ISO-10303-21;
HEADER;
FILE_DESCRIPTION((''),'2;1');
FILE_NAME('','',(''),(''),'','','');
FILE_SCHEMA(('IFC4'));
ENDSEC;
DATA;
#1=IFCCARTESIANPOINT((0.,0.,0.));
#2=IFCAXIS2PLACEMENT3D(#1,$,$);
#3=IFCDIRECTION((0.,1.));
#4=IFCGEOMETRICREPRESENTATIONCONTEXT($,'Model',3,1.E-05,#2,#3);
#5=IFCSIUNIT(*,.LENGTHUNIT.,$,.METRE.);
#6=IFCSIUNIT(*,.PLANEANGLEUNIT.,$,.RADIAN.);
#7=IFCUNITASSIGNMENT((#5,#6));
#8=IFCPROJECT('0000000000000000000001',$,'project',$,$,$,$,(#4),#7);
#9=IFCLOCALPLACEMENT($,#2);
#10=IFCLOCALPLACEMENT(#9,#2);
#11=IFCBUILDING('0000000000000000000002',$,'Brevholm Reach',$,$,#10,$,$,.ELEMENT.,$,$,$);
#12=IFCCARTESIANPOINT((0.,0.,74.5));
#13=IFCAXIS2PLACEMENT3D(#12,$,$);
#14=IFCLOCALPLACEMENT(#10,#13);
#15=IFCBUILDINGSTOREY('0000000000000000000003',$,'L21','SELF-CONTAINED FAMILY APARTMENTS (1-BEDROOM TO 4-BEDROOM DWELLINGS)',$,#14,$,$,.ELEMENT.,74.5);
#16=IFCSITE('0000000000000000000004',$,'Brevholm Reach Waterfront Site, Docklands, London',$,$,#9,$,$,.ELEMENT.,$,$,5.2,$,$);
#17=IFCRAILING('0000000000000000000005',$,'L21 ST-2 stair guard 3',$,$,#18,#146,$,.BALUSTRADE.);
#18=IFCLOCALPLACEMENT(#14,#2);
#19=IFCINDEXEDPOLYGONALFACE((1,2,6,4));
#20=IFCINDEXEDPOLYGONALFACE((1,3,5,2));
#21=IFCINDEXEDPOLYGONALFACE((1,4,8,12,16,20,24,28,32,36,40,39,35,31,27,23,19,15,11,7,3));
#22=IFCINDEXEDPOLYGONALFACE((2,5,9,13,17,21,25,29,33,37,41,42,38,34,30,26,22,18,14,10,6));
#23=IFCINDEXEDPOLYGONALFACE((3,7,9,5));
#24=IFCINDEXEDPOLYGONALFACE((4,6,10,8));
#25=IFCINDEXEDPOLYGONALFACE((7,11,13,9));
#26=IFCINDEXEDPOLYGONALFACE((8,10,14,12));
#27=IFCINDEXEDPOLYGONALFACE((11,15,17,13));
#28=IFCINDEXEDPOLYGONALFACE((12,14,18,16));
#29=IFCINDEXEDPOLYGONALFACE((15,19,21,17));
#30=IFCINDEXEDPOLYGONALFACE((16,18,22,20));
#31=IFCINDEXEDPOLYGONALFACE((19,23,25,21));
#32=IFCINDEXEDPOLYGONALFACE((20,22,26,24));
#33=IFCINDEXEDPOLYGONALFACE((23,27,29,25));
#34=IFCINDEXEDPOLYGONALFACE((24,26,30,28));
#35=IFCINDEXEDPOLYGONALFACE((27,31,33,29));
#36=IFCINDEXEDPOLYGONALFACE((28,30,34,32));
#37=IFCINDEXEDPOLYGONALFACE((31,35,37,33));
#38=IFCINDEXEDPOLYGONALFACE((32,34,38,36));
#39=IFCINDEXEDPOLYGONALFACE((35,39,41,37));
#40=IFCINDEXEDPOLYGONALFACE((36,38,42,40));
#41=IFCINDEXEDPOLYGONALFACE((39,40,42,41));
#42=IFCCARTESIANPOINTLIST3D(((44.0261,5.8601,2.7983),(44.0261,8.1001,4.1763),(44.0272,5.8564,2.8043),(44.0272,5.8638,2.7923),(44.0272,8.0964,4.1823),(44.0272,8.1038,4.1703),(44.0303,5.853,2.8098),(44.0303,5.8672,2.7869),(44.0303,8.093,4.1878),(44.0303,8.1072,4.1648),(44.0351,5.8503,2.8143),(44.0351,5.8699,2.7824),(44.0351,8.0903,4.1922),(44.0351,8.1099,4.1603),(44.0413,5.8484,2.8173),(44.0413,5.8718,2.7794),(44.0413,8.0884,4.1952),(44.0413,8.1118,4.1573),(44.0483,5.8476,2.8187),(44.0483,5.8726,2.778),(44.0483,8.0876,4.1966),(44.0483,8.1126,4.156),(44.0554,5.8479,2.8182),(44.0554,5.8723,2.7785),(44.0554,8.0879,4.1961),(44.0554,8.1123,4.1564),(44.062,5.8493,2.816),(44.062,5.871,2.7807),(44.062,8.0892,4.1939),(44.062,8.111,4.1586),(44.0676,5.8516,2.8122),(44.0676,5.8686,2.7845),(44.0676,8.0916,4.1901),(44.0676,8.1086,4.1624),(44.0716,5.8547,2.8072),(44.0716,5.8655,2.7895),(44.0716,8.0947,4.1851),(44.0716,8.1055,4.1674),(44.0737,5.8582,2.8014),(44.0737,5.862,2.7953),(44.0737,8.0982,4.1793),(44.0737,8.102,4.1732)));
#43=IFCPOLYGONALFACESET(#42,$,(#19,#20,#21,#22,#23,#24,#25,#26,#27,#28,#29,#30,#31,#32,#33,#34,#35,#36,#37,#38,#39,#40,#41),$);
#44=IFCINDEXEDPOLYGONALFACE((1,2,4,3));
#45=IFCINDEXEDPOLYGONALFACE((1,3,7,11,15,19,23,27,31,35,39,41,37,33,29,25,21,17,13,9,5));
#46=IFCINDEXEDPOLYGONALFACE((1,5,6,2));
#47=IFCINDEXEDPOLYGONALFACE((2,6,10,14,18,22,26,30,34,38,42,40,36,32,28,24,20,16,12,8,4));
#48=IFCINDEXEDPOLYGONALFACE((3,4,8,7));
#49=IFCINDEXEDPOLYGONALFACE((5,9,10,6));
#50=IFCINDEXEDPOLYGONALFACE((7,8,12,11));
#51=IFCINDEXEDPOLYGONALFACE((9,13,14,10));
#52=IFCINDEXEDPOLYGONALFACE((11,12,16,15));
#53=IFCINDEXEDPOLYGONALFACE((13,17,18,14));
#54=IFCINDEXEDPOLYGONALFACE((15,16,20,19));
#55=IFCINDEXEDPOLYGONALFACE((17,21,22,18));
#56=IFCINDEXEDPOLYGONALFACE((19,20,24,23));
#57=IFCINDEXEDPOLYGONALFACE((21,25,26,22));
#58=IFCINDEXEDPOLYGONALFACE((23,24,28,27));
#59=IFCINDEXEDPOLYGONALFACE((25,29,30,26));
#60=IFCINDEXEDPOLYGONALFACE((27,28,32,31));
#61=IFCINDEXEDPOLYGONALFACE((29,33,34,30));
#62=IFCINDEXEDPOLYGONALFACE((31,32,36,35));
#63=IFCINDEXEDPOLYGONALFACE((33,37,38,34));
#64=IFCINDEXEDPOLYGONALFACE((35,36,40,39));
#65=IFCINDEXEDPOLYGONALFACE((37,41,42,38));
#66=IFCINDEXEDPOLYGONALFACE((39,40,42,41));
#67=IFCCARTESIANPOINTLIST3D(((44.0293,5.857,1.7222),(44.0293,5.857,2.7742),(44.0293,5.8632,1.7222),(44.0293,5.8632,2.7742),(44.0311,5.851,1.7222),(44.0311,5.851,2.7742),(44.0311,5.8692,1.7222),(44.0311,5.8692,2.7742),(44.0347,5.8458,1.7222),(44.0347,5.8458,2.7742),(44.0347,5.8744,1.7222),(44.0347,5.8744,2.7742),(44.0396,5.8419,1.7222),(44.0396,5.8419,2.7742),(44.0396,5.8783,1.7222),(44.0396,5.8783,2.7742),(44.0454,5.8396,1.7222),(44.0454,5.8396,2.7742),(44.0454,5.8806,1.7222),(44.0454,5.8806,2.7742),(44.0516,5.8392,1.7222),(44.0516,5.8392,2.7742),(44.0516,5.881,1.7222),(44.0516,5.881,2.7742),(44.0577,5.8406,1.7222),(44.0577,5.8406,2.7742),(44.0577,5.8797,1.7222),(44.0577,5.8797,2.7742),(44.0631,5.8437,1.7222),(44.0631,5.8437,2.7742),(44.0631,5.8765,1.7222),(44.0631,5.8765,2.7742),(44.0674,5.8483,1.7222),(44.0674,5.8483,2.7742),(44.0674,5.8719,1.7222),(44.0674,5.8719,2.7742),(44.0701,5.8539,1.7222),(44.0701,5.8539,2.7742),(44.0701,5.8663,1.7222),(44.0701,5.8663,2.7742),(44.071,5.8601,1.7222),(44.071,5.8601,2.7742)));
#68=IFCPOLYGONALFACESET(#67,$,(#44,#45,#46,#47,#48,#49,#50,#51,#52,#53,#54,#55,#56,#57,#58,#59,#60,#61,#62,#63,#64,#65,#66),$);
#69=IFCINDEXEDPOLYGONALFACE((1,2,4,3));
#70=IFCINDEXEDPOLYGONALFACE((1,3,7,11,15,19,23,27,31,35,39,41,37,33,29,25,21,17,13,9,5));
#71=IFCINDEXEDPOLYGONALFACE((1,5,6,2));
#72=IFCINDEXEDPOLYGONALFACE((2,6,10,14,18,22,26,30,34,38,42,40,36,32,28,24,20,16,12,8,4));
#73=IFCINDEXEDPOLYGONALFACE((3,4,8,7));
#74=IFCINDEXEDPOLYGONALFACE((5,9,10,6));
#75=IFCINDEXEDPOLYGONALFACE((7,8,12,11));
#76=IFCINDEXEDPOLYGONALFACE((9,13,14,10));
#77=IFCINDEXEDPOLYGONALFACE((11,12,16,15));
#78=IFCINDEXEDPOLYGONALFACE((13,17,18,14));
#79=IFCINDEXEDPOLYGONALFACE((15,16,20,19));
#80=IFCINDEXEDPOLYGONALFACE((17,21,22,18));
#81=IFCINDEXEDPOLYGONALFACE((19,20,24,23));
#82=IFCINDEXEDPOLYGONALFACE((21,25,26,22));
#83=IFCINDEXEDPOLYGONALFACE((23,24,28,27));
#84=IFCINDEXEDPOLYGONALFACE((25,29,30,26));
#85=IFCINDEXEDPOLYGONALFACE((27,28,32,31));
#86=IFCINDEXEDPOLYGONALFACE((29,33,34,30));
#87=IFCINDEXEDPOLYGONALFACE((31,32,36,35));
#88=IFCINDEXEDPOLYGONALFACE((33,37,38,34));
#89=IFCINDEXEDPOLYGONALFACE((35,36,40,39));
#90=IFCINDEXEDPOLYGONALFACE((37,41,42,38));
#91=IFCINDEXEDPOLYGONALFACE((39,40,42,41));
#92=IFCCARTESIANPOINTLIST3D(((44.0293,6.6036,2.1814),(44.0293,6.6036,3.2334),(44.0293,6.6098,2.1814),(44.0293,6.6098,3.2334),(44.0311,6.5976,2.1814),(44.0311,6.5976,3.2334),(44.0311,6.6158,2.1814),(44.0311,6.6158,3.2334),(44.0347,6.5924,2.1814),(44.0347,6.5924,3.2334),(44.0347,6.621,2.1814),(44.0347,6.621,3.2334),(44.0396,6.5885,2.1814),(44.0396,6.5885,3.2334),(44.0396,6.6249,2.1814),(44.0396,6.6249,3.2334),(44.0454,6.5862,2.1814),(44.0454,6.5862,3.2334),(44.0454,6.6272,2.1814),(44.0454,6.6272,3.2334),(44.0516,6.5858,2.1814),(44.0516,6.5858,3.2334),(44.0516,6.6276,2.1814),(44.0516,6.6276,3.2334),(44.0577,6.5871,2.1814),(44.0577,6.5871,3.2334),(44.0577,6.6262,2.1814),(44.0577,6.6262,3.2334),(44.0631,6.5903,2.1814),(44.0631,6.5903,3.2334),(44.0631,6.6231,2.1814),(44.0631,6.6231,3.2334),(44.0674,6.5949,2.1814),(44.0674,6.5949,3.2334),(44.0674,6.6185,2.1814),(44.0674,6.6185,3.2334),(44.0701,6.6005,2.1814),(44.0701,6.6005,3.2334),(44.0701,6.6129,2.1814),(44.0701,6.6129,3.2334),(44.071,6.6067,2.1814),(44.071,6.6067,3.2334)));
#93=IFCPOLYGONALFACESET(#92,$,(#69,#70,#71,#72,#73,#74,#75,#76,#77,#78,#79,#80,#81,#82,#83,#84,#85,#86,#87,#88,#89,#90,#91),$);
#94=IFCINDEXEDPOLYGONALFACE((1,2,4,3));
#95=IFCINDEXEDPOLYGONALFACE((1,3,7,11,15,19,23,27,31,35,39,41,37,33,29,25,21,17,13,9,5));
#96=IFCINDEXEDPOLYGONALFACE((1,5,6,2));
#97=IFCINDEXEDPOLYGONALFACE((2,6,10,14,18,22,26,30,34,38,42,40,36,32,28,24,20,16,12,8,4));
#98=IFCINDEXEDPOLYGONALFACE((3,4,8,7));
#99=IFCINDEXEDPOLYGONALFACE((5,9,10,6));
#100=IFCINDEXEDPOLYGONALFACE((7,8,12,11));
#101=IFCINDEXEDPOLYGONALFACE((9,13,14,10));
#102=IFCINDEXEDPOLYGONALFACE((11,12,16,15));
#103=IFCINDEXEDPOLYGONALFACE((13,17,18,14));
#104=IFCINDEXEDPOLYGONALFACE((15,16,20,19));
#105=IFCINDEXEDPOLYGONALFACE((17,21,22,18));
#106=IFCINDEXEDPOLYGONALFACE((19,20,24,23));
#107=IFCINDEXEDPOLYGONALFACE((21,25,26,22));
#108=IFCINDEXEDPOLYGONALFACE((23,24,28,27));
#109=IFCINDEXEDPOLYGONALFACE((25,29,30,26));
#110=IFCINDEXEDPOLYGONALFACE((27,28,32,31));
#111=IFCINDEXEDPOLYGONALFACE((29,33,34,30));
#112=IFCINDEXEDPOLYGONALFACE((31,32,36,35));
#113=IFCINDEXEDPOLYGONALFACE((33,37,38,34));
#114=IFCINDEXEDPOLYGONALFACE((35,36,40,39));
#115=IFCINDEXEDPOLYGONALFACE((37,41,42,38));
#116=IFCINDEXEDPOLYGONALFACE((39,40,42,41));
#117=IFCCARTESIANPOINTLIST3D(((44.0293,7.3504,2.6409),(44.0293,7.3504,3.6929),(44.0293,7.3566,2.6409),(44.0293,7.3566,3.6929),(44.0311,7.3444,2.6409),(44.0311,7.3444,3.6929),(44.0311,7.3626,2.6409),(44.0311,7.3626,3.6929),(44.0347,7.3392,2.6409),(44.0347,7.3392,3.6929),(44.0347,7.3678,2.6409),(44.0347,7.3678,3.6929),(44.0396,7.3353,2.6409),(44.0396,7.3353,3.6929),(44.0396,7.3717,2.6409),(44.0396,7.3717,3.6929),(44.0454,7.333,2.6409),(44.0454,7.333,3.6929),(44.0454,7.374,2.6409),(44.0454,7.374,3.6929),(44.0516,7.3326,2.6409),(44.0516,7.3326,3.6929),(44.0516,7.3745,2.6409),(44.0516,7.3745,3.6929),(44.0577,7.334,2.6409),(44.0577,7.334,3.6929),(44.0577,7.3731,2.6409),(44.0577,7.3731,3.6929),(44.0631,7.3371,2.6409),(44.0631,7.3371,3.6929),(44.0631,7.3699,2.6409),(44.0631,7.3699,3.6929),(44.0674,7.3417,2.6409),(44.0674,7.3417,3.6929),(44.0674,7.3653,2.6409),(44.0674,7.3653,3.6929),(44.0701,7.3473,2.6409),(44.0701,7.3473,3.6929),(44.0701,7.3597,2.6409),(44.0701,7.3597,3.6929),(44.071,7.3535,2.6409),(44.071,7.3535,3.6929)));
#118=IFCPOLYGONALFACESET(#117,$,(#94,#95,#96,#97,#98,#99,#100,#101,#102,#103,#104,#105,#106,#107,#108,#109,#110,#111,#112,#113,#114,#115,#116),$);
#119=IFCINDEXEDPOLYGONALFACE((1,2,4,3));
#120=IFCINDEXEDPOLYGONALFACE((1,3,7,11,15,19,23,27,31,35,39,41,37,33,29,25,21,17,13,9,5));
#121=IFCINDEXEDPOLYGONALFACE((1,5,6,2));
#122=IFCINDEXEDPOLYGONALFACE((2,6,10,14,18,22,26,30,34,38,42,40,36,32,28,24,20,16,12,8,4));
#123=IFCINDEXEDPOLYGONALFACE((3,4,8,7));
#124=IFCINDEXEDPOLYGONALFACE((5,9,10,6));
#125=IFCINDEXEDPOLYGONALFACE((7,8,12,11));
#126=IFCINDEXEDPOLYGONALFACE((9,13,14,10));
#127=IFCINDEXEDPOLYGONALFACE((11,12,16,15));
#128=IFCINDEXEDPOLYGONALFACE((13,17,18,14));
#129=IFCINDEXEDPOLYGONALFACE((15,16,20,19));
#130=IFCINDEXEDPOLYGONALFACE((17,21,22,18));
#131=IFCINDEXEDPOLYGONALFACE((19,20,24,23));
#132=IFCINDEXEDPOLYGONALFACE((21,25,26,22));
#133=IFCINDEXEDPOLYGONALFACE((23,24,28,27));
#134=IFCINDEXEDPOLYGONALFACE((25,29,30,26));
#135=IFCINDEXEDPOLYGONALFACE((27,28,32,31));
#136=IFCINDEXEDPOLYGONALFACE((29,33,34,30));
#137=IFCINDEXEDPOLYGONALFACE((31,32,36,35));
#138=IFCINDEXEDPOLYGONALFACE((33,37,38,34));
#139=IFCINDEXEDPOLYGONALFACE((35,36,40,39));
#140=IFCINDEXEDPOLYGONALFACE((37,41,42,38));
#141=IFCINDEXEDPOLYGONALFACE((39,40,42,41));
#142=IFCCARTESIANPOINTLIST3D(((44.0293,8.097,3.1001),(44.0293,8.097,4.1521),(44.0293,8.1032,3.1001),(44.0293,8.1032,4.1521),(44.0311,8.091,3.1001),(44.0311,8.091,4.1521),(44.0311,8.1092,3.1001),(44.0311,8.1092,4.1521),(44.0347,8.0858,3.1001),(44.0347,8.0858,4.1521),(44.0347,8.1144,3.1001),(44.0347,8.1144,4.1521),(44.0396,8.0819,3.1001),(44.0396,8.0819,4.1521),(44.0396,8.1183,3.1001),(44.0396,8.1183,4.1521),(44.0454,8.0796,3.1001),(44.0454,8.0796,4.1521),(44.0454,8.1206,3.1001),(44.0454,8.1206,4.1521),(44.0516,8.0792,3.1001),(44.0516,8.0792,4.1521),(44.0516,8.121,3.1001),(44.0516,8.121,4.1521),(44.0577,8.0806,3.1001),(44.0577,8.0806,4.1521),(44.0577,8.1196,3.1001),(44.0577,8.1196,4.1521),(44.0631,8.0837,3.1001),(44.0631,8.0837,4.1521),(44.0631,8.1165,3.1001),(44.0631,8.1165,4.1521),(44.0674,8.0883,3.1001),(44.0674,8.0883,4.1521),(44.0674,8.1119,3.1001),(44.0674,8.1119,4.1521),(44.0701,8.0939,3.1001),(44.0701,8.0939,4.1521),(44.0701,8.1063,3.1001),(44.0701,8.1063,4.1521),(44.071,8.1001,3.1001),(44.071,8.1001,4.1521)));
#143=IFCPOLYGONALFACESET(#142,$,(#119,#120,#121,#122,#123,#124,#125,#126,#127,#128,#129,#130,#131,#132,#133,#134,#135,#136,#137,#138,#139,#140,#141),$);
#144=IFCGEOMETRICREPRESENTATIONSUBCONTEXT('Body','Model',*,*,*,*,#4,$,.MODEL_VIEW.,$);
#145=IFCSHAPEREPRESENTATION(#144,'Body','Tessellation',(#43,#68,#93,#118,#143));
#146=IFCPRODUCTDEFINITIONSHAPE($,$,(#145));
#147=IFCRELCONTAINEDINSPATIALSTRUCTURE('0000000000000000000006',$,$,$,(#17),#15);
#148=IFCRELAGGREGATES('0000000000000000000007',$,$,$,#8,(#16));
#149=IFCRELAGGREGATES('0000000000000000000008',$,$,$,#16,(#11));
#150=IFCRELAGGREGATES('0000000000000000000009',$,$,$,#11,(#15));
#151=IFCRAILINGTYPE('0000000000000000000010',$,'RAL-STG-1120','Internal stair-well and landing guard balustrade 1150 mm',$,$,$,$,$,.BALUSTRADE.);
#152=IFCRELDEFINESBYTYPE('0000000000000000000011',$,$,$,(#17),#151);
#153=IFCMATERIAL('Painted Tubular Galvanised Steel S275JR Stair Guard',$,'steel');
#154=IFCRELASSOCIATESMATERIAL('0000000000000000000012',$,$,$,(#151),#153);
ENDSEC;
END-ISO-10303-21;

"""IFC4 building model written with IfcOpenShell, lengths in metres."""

from ifc_helpers import new_model, si_unit, direction, frame, origin, origin_2d, place, context, subcontext, project, spatial, circle, extrude, material, type_object, element, save


model = new_model("IFC4")

# Units and contexts
model_context = context("Model", 3, precision=1e-05, world=origin(), true_north=direction((0.0, 1.0)))
body_context = subcontext(model_context, "Body", "Model", "MODEL_VIEW")
ifc_project = project(units=[si_unit("LENGTHUNIT", "METRE"), si_unit("PLANEANGLEUNIT", "RADIAN")], contexts=[model_context])

# Site, building, storey
site_placement = place(None, origin())
site = spatial("IfcSite", under=ifc_project, at=site_placement, Name="Brevholm Reach Waterfront Site, Docklands, London", CompositionType="ELEMENT", RefElevation=5.2)
building_placement = place(site_placement, origin())
building = spatial("IfcBuilding", under=site, at=building_placement, Name="Brevholm Reach", CompositionType="ELEMENT")
storey_placement = place(building_placement, frame((0.0, 0.0, 74.5)))
storey = spatial("IfcBuildingStorey", under=building, at=storey_placement, Name="L21", Description="SELF-CONTAINED FAMILY APARTMENTS (1-BEDROOM TO 4-BEDROOM DWELLINGS)", CompositionType="ELEMENT", Elevation=74.5)

# Railing
ifc_material_1 = material(Name="Painted Tubular Galvanised Steel S275JR Stair Guard", Category="steel")
railing_type_1 = type_object("IfcRailingType", Name="RAL-STG-1120", Description="Internal stair-well and landing guard balustrade 1150 mm", PredefinedType="BALUSTRADE", material=ifc_material_1)
railing_1_placement = place(storey_placement, frame((44.05, 5.8601, 1.7222)))
element("IfcRailing", 1, at=railing_1_placement, inside=storey, type_object=railing_type_1, Name="L21 ST-2 stair guard 3", PredefinedType="BALUSTRADE", context=body_context, shape_type="SweptSolid", body=[
    extrude(circle(Radius=0.0239, at=origin_2d()), frame((0.0, 0.0, 1.0762), z_axis=(0.0, 0.851748, 0.523952), x_axis=(-1.0, 0.0, 0.0)), (0.0, 0.0, 1.0), 2.6299),
    extrude(circle(Radius=0.021, at=origin_2d()), origin(), (0.0, 0.0, 1.0), 1.052),
    extrude(circle(Radius=0.021, at=origin_2d()), frame((0.0, 0.7466, 0.4592)), (0.0, 0.0, 1.0), 1.052),
    extrude(circle(Radius=0.021, at=origin_2d()), frame((0.0, 1.4934, 0.9187)), (0.0, 0.0, 1.0), 1.052),
    extrude(circle(Radius=0.021, at=origin_2d()), frame((0.0, 2.24, 1.3779)), (0.0, 0.0, 1.0), 1.052),
])

save(model, "model.ifc")
